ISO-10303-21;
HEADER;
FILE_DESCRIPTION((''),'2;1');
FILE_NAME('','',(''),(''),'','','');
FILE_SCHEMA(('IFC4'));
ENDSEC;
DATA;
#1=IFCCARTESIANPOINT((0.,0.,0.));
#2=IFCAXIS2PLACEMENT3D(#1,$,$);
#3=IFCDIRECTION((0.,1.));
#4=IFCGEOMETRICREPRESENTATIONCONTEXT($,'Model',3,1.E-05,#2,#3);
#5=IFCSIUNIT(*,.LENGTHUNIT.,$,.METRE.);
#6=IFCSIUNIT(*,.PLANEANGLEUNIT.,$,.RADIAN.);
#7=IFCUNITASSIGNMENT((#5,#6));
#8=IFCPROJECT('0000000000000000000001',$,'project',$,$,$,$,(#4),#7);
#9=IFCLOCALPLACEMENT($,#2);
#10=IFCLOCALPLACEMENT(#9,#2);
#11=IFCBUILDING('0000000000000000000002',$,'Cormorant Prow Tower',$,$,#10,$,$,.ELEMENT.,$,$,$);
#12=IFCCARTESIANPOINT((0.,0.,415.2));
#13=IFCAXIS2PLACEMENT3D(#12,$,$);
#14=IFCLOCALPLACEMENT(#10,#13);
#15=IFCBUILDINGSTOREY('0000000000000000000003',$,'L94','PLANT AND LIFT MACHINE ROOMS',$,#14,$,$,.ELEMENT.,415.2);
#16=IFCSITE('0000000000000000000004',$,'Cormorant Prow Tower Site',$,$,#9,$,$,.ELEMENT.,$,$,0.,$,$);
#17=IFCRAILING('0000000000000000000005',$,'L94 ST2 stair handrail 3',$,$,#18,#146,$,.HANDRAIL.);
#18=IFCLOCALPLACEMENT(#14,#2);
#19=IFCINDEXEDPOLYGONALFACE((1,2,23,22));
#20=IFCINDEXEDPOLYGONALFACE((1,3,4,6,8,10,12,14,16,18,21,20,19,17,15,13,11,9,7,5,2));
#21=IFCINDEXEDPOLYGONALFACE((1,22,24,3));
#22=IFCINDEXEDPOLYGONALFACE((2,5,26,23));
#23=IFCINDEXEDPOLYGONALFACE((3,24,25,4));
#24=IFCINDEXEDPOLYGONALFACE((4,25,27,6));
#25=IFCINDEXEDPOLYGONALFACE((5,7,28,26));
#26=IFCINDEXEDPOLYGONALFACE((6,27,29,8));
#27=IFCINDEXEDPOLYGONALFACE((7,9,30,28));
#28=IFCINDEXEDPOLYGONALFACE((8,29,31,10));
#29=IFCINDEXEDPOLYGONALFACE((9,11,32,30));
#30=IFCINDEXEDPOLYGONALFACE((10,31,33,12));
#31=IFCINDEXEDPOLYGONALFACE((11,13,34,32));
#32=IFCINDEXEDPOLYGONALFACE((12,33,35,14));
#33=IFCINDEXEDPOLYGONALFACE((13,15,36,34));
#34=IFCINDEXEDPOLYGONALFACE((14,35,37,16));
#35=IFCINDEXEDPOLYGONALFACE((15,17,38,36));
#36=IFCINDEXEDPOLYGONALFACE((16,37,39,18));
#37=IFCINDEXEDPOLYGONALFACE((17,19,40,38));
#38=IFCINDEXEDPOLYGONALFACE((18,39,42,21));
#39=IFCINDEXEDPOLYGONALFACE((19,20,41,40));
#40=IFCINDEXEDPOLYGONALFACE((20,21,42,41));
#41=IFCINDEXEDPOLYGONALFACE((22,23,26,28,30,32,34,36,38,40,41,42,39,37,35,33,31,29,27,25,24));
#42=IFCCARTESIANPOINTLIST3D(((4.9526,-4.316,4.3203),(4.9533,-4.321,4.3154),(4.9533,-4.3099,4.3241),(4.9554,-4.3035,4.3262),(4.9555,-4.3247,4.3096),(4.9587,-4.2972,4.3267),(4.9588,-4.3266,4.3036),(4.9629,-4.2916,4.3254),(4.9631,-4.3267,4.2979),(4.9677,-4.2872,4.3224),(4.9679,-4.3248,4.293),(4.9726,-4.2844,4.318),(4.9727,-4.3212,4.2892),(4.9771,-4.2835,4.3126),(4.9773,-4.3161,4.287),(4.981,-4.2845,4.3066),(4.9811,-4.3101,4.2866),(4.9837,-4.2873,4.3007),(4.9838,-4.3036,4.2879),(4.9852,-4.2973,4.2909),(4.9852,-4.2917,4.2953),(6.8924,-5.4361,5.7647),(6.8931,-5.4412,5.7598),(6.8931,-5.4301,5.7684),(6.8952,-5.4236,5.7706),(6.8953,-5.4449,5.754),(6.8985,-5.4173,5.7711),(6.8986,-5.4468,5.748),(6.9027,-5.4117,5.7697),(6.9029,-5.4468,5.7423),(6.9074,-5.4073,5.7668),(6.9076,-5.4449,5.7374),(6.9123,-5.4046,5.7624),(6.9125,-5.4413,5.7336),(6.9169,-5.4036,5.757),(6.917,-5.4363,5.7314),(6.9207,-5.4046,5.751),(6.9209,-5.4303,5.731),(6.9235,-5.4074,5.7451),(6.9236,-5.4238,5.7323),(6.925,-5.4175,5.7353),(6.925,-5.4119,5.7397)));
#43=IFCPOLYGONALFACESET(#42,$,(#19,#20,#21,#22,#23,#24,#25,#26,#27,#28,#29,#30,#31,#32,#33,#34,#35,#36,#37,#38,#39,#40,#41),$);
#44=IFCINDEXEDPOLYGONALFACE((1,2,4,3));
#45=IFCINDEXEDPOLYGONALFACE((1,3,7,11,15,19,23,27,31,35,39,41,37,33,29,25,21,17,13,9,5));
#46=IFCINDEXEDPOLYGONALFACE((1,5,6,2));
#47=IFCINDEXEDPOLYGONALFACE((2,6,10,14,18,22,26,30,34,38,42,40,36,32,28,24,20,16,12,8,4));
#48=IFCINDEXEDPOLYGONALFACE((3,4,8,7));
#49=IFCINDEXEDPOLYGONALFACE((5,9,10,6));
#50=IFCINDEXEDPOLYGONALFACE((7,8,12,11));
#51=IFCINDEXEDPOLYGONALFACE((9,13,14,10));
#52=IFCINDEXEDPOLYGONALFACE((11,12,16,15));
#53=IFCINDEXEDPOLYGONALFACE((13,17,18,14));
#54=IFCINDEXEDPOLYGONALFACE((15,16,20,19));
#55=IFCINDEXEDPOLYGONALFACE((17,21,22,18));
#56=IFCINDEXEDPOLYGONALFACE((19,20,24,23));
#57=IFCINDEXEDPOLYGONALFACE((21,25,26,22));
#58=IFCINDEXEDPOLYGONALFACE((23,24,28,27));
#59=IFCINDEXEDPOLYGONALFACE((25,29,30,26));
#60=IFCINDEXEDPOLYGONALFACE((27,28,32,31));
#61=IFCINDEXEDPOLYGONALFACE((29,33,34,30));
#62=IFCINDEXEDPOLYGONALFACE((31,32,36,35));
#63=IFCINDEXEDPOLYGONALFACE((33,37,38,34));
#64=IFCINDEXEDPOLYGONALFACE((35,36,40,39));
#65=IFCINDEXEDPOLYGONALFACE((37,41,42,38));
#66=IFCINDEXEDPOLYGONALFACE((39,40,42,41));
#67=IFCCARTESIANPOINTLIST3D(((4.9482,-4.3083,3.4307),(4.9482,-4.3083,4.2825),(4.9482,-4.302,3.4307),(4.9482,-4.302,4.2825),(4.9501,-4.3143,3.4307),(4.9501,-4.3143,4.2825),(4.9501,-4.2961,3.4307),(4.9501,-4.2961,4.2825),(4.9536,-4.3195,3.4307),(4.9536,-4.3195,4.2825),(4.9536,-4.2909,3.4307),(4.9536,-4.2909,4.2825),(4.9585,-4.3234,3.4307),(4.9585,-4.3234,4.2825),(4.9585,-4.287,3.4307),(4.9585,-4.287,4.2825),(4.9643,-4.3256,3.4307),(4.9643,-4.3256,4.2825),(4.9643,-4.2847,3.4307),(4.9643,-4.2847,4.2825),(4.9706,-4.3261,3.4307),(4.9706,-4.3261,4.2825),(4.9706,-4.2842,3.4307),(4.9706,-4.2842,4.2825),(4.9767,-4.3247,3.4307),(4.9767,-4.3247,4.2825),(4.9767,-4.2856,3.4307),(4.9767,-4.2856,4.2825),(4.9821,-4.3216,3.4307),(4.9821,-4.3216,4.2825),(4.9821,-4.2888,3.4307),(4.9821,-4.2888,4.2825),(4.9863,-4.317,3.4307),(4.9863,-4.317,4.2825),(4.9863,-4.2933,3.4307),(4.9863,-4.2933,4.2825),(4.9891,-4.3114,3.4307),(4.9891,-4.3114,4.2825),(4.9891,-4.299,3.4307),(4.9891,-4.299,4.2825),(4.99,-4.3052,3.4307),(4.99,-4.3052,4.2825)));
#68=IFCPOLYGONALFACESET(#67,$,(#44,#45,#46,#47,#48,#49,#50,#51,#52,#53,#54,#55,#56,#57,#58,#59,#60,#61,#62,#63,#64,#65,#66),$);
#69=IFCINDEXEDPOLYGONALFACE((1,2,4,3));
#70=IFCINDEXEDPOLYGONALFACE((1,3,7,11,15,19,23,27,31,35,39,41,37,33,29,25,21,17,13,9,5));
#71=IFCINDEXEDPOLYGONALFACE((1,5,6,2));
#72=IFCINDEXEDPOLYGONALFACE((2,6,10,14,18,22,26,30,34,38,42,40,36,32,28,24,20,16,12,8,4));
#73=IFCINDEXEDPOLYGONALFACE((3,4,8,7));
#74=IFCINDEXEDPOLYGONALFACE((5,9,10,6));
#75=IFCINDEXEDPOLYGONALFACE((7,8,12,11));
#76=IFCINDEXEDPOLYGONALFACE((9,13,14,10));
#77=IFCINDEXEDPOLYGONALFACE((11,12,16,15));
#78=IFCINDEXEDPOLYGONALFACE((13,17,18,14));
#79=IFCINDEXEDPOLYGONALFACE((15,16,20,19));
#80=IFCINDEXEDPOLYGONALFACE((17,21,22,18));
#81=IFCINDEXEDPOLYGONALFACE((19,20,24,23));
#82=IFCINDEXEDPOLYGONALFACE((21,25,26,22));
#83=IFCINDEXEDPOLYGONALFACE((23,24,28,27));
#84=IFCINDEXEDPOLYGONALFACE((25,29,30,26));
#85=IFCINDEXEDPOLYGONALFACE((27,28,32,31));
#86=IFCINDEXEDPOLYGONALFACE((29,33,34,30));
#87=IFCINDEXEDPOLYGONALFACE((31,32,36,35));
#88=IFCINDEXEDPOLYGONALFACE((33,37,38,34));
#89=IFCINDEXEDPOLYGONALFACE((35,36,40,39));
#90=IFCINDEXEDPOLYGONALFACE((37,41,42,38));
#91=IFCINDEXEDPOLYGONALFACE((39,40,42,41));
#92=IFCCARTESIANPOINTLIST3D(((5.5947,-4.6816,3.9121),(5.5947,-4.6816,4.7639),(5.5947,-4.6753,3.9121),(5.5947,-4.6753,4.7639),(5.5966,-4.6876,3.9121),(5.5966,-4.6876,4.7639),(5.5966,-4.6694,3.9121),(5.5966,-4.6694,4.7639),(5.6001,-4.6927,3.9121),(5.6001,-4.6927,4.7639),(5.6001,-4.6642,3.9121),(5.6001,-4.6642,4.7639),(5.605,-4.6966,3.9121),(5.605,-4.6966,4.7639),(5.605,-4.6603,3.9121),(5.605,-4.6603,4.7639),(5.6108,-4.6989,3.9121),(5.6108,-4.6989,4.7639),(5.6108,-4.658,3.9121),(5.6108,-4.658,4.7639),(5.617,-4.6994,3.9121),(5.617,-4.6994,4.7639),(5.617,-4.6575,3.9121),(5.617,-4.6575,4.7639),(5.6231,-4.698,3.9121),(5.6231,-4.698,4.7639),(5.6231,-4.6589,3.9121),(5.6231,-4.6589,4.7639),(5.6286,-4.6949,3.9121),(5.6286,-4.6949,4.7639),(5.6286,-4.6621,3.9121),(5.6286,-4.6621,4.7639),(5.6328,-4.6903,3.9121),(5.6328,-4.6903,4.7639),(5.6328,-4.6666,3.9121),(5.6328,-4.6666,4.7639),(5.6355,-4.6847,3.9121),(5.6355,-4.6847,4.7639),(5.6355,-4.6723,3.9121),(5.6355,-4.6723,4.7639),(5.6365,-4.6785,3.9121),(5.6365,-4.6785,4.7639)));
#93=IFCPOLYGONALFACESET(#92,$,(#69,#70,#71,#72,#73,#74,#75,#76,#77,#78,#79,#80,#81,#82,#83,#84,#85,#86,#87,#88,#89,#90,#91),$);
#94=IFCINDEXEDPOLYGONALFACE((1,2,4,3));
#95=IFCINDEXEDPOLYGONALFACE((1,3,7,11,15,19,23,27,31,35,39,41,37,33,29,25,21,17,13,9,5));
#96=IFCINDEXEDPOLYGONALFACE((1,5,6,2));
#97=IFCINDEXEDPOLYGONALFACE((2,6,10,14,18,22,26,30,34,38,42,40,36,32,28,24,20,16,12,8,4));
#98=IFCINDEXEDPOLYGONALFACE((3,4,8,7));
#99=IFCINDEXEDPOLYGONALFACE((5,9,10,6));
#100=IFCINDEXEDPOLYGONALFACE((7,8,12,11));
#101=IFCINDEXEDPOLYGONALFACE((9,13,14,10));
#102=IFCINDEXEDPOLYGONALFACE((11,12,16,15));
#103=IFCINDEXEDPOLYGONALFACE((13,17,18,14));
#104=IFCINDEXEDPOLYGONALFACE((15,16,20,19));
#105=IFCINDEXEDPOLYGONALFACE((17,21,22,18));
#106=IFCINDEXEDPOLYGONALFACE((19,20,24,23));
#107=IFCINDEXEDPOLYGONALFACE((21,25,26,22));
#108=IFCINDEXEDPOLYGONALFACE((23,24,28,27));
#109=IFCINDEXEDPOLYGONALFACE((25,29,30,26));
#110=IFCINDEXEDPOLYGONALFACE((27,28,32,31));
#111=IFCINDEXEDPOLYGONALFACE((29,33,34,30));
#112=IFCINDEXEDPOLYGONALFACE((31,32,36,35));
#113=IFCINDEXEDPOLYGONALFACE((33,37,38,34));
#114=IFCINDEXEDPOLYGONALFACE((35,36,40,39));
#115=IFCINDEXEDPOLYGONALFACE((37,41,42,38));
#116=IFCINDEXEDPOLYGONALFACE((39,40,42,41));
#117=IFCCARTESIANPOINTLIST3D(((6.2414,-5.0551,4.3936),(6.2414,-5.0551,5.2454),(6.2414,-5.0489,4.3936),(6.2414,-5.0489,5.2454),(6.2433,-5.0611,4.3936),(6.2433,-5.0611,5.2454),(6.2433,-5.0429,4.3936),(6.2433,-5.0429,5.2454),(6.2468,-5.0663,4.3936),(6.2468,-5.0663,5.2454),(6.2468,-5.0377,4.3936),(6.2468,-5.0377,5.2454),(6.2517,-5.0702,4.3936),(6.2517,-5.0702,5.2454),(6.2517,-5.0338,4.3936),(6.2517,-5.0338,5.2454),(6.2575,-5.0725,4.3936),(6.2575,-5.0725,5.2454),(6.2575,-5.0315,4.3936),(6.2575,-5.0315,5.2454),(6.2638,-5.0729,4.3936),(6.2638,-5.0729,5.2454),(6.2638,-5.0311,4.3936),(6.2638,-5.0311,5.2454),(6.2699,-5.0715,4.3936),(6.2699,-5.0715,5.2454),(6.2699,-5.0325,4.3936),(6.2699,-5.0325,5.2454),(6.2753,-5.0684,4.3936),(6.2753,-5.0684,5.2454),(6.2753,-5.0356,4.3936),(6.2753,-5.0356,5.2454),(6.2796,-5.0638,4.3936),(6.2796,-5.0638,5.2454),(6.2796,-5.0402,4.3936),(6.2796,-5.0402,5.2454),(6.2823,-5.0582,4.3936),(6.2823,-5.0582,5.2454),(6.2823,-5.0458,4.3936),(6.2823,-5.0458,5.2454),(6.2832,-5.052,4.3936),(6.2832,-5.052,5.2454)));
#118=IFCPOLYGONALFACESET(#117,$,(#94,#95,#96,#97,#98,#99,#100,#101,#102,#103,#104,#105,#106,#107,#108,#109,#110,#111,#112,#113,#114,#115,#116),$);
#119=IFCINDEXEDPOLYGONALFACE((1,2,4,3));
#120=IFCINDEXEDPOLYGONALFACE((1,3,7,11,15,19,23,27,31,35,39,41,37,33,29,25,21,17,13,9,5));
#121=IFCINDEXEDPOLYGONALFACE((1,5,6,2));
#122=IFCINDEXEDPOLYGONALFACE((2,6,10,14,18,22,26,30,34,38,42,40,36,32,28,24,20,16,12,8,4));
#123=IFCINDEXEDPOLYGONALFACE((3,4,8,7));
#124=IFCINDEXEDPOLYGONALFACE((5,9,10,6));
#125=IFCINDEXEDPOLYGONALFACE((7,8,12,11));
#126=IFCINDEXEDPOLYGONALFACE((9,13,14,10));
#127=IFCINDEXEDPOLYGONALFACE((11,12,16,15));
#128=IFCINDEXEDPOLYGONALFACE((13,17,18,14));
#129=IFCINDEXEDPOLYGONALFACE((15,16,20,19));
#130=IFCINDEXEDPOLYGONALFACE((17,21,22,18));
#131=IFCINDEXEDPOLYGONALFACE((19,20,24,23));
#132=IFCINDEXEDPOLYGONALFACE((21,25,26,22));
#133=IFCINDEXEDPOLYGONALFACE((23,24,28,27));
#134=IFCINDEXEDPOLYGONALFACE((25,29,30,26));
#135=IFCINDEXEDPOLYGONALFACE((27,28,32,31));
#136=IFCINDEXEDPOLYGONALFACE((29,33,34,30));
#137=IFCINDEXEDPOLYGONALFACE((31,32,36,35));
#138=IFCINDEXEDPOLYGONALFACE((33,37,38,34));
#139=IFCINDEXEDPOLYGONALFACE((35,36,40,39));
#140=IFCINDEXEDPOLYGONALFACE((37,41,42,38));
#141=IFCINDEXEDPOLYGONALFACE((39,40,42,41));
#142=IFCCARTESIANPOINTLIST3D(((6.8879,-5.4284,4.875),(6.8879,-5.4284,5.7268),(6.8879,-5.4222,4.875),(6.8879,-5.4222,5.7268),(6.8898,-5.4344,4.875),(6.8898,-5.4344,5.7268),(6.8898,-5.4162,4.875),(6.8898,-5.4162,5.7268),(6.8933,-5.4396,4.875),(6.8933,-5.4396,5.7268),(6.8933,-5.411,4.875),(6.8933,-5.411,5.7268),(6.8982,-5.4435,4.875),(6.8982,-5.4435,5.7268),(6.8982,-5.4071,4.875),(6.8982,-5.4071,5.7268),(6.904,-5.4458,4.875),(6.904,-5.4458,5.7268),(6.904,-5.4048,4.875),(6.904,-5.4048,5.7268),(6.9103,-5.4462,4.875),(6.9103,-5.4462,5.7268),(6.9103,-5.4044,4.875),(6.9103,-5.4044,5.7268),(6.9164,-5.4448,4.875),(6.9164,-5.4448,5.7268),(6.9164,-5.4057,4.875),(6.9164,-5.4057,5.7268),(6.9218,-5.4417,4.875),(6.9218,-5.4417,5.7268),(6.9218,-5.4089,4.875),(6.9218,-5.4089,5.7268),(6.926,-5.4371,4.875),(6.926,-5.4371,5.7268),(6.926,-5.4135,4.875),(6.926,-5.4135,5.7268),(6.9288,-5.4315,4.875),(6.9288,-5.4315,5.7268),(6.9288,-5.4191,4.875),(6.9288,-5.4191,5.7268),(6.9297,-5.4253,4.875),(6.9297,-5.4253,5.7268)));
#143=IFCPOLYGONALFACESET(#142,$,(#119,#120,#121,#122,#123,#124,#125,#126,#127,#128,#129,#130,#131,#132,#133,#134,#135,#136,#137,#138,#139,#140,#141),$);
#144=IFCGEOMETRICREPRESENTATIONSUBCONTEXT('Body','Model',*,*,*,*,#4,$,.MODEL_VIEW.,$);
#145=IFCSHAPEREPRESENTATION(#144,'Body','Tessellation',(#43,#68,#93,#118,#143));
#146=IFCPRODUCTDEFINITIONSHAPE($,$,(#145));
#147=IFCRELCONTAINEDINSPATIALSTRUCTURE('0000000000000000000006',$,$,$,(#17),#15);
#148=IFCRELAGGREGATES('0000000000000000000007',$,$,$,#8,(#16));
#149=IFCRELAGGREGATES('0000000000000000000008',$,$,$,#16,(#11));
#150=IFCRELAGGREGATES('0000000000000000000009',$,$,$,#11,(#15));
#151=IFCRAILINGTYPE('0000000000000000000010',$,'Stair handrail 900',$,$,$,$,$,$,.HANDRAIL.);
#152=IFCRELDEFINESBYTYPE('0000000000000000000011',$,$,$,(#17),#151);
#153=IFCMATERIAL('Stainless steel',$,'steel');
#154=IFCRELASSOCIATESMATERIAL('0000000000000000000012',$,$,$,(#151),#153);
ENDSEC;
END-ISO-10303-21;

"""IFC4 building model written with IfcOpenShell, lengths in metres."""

from ifc_helpers import new_model, si_unit, direction, frame, origin, origin_2d, place, context, subcontext, project, spatial, circle, extrude, material, type_object, element, save


model = new_model("IFC4")

# Units and contexts
model_context = context("Model", 3, precision=1e-05, world=origin(), true_north=direction((0.0, 1.0)))
body_context = subcontext(model_context, "Body", "Model", "MODEL_VIEW")
ifc_project = project(units=[si_unit("LENGTHUNIT", "METRE"), si_unit("PLANEANGLEUNIT", "RADIAN")], contexts=[model_context])

# Site, building, storey
site_placement = place(None, origin())
site = spatial("IfcSite", under=ifc_project, at=site_placement, Name="Cormorant Prow Tower Site", CompositionType="ELEMENT", RefElevation=0.0)
building_placement = place(site_placement, origin())
building = spatial("IfcBuilding", under=site, at=building_placement, Name="Cormorant Prow Tower", CompositionType="ELEMENT")
storey_placement = place(building_placement, frame((0.0, 0.0, 415.2)))
storey = spatial("IfcBuildingStorey", under=building, at=storey_placement, Name="L94", Description="PLANT AND LIFT MACHINE ROOMS", CompositionType="ELEMENT", Elevation=415.2)

# Railing
ifc_material_1 = material(Name="Stainless steel", Category="steel")
railing_type_1 = type_object("IfcRailingType", Name="Stair handrail 900", PredefinedType="HANDRAIL", material=ifc_material_1)
railing_1_placement = place(storey_placement, frame((4.969, -4.3052, 3.4307)))
element("IfcRailing", 1, at=railing_1_placement, inside=storey, type_object=railing_type_1, Name="L94 ST2 stair handrail 3", PredefinedType="HANDRAIL", context=body_context, shape_type="SweptSolid", body=[
    extrude(circle(Radius=0.0239, at=origin_2d()), frame((0.0, 0.0, 0.876), z_axis=(0.727792, -0.420278, 0.541928), x_axis=(0.500078, 0.86598, 0.0)), (0.0, 0.0, 1.0), 2.6653),
    extrude(circle(Radius=0.021, at=origin_2d()), origin(), (0.0, 0.0, 1.0), 0.8518),
    extrude(circle(Radius=0.021, at=origin_2d()), frame((0.6465, -0.3733, 0.4814)), (0.0, 0.0, 1.0), 0.8518),
    extrude(circle(Radius=0.021, at=origin_2d()), frame((1.2932, -0.7468, 0.9629)), (0.0, 0.0, 1.0), 0.8518),
    extrude(circle(Radius=0.021, at=origin_2d()), frame((1.9397, -1.1201, 1.4443)), (0.0, 0.0, 1.0), 0.8518),
])

save(model, "model.ifc")
